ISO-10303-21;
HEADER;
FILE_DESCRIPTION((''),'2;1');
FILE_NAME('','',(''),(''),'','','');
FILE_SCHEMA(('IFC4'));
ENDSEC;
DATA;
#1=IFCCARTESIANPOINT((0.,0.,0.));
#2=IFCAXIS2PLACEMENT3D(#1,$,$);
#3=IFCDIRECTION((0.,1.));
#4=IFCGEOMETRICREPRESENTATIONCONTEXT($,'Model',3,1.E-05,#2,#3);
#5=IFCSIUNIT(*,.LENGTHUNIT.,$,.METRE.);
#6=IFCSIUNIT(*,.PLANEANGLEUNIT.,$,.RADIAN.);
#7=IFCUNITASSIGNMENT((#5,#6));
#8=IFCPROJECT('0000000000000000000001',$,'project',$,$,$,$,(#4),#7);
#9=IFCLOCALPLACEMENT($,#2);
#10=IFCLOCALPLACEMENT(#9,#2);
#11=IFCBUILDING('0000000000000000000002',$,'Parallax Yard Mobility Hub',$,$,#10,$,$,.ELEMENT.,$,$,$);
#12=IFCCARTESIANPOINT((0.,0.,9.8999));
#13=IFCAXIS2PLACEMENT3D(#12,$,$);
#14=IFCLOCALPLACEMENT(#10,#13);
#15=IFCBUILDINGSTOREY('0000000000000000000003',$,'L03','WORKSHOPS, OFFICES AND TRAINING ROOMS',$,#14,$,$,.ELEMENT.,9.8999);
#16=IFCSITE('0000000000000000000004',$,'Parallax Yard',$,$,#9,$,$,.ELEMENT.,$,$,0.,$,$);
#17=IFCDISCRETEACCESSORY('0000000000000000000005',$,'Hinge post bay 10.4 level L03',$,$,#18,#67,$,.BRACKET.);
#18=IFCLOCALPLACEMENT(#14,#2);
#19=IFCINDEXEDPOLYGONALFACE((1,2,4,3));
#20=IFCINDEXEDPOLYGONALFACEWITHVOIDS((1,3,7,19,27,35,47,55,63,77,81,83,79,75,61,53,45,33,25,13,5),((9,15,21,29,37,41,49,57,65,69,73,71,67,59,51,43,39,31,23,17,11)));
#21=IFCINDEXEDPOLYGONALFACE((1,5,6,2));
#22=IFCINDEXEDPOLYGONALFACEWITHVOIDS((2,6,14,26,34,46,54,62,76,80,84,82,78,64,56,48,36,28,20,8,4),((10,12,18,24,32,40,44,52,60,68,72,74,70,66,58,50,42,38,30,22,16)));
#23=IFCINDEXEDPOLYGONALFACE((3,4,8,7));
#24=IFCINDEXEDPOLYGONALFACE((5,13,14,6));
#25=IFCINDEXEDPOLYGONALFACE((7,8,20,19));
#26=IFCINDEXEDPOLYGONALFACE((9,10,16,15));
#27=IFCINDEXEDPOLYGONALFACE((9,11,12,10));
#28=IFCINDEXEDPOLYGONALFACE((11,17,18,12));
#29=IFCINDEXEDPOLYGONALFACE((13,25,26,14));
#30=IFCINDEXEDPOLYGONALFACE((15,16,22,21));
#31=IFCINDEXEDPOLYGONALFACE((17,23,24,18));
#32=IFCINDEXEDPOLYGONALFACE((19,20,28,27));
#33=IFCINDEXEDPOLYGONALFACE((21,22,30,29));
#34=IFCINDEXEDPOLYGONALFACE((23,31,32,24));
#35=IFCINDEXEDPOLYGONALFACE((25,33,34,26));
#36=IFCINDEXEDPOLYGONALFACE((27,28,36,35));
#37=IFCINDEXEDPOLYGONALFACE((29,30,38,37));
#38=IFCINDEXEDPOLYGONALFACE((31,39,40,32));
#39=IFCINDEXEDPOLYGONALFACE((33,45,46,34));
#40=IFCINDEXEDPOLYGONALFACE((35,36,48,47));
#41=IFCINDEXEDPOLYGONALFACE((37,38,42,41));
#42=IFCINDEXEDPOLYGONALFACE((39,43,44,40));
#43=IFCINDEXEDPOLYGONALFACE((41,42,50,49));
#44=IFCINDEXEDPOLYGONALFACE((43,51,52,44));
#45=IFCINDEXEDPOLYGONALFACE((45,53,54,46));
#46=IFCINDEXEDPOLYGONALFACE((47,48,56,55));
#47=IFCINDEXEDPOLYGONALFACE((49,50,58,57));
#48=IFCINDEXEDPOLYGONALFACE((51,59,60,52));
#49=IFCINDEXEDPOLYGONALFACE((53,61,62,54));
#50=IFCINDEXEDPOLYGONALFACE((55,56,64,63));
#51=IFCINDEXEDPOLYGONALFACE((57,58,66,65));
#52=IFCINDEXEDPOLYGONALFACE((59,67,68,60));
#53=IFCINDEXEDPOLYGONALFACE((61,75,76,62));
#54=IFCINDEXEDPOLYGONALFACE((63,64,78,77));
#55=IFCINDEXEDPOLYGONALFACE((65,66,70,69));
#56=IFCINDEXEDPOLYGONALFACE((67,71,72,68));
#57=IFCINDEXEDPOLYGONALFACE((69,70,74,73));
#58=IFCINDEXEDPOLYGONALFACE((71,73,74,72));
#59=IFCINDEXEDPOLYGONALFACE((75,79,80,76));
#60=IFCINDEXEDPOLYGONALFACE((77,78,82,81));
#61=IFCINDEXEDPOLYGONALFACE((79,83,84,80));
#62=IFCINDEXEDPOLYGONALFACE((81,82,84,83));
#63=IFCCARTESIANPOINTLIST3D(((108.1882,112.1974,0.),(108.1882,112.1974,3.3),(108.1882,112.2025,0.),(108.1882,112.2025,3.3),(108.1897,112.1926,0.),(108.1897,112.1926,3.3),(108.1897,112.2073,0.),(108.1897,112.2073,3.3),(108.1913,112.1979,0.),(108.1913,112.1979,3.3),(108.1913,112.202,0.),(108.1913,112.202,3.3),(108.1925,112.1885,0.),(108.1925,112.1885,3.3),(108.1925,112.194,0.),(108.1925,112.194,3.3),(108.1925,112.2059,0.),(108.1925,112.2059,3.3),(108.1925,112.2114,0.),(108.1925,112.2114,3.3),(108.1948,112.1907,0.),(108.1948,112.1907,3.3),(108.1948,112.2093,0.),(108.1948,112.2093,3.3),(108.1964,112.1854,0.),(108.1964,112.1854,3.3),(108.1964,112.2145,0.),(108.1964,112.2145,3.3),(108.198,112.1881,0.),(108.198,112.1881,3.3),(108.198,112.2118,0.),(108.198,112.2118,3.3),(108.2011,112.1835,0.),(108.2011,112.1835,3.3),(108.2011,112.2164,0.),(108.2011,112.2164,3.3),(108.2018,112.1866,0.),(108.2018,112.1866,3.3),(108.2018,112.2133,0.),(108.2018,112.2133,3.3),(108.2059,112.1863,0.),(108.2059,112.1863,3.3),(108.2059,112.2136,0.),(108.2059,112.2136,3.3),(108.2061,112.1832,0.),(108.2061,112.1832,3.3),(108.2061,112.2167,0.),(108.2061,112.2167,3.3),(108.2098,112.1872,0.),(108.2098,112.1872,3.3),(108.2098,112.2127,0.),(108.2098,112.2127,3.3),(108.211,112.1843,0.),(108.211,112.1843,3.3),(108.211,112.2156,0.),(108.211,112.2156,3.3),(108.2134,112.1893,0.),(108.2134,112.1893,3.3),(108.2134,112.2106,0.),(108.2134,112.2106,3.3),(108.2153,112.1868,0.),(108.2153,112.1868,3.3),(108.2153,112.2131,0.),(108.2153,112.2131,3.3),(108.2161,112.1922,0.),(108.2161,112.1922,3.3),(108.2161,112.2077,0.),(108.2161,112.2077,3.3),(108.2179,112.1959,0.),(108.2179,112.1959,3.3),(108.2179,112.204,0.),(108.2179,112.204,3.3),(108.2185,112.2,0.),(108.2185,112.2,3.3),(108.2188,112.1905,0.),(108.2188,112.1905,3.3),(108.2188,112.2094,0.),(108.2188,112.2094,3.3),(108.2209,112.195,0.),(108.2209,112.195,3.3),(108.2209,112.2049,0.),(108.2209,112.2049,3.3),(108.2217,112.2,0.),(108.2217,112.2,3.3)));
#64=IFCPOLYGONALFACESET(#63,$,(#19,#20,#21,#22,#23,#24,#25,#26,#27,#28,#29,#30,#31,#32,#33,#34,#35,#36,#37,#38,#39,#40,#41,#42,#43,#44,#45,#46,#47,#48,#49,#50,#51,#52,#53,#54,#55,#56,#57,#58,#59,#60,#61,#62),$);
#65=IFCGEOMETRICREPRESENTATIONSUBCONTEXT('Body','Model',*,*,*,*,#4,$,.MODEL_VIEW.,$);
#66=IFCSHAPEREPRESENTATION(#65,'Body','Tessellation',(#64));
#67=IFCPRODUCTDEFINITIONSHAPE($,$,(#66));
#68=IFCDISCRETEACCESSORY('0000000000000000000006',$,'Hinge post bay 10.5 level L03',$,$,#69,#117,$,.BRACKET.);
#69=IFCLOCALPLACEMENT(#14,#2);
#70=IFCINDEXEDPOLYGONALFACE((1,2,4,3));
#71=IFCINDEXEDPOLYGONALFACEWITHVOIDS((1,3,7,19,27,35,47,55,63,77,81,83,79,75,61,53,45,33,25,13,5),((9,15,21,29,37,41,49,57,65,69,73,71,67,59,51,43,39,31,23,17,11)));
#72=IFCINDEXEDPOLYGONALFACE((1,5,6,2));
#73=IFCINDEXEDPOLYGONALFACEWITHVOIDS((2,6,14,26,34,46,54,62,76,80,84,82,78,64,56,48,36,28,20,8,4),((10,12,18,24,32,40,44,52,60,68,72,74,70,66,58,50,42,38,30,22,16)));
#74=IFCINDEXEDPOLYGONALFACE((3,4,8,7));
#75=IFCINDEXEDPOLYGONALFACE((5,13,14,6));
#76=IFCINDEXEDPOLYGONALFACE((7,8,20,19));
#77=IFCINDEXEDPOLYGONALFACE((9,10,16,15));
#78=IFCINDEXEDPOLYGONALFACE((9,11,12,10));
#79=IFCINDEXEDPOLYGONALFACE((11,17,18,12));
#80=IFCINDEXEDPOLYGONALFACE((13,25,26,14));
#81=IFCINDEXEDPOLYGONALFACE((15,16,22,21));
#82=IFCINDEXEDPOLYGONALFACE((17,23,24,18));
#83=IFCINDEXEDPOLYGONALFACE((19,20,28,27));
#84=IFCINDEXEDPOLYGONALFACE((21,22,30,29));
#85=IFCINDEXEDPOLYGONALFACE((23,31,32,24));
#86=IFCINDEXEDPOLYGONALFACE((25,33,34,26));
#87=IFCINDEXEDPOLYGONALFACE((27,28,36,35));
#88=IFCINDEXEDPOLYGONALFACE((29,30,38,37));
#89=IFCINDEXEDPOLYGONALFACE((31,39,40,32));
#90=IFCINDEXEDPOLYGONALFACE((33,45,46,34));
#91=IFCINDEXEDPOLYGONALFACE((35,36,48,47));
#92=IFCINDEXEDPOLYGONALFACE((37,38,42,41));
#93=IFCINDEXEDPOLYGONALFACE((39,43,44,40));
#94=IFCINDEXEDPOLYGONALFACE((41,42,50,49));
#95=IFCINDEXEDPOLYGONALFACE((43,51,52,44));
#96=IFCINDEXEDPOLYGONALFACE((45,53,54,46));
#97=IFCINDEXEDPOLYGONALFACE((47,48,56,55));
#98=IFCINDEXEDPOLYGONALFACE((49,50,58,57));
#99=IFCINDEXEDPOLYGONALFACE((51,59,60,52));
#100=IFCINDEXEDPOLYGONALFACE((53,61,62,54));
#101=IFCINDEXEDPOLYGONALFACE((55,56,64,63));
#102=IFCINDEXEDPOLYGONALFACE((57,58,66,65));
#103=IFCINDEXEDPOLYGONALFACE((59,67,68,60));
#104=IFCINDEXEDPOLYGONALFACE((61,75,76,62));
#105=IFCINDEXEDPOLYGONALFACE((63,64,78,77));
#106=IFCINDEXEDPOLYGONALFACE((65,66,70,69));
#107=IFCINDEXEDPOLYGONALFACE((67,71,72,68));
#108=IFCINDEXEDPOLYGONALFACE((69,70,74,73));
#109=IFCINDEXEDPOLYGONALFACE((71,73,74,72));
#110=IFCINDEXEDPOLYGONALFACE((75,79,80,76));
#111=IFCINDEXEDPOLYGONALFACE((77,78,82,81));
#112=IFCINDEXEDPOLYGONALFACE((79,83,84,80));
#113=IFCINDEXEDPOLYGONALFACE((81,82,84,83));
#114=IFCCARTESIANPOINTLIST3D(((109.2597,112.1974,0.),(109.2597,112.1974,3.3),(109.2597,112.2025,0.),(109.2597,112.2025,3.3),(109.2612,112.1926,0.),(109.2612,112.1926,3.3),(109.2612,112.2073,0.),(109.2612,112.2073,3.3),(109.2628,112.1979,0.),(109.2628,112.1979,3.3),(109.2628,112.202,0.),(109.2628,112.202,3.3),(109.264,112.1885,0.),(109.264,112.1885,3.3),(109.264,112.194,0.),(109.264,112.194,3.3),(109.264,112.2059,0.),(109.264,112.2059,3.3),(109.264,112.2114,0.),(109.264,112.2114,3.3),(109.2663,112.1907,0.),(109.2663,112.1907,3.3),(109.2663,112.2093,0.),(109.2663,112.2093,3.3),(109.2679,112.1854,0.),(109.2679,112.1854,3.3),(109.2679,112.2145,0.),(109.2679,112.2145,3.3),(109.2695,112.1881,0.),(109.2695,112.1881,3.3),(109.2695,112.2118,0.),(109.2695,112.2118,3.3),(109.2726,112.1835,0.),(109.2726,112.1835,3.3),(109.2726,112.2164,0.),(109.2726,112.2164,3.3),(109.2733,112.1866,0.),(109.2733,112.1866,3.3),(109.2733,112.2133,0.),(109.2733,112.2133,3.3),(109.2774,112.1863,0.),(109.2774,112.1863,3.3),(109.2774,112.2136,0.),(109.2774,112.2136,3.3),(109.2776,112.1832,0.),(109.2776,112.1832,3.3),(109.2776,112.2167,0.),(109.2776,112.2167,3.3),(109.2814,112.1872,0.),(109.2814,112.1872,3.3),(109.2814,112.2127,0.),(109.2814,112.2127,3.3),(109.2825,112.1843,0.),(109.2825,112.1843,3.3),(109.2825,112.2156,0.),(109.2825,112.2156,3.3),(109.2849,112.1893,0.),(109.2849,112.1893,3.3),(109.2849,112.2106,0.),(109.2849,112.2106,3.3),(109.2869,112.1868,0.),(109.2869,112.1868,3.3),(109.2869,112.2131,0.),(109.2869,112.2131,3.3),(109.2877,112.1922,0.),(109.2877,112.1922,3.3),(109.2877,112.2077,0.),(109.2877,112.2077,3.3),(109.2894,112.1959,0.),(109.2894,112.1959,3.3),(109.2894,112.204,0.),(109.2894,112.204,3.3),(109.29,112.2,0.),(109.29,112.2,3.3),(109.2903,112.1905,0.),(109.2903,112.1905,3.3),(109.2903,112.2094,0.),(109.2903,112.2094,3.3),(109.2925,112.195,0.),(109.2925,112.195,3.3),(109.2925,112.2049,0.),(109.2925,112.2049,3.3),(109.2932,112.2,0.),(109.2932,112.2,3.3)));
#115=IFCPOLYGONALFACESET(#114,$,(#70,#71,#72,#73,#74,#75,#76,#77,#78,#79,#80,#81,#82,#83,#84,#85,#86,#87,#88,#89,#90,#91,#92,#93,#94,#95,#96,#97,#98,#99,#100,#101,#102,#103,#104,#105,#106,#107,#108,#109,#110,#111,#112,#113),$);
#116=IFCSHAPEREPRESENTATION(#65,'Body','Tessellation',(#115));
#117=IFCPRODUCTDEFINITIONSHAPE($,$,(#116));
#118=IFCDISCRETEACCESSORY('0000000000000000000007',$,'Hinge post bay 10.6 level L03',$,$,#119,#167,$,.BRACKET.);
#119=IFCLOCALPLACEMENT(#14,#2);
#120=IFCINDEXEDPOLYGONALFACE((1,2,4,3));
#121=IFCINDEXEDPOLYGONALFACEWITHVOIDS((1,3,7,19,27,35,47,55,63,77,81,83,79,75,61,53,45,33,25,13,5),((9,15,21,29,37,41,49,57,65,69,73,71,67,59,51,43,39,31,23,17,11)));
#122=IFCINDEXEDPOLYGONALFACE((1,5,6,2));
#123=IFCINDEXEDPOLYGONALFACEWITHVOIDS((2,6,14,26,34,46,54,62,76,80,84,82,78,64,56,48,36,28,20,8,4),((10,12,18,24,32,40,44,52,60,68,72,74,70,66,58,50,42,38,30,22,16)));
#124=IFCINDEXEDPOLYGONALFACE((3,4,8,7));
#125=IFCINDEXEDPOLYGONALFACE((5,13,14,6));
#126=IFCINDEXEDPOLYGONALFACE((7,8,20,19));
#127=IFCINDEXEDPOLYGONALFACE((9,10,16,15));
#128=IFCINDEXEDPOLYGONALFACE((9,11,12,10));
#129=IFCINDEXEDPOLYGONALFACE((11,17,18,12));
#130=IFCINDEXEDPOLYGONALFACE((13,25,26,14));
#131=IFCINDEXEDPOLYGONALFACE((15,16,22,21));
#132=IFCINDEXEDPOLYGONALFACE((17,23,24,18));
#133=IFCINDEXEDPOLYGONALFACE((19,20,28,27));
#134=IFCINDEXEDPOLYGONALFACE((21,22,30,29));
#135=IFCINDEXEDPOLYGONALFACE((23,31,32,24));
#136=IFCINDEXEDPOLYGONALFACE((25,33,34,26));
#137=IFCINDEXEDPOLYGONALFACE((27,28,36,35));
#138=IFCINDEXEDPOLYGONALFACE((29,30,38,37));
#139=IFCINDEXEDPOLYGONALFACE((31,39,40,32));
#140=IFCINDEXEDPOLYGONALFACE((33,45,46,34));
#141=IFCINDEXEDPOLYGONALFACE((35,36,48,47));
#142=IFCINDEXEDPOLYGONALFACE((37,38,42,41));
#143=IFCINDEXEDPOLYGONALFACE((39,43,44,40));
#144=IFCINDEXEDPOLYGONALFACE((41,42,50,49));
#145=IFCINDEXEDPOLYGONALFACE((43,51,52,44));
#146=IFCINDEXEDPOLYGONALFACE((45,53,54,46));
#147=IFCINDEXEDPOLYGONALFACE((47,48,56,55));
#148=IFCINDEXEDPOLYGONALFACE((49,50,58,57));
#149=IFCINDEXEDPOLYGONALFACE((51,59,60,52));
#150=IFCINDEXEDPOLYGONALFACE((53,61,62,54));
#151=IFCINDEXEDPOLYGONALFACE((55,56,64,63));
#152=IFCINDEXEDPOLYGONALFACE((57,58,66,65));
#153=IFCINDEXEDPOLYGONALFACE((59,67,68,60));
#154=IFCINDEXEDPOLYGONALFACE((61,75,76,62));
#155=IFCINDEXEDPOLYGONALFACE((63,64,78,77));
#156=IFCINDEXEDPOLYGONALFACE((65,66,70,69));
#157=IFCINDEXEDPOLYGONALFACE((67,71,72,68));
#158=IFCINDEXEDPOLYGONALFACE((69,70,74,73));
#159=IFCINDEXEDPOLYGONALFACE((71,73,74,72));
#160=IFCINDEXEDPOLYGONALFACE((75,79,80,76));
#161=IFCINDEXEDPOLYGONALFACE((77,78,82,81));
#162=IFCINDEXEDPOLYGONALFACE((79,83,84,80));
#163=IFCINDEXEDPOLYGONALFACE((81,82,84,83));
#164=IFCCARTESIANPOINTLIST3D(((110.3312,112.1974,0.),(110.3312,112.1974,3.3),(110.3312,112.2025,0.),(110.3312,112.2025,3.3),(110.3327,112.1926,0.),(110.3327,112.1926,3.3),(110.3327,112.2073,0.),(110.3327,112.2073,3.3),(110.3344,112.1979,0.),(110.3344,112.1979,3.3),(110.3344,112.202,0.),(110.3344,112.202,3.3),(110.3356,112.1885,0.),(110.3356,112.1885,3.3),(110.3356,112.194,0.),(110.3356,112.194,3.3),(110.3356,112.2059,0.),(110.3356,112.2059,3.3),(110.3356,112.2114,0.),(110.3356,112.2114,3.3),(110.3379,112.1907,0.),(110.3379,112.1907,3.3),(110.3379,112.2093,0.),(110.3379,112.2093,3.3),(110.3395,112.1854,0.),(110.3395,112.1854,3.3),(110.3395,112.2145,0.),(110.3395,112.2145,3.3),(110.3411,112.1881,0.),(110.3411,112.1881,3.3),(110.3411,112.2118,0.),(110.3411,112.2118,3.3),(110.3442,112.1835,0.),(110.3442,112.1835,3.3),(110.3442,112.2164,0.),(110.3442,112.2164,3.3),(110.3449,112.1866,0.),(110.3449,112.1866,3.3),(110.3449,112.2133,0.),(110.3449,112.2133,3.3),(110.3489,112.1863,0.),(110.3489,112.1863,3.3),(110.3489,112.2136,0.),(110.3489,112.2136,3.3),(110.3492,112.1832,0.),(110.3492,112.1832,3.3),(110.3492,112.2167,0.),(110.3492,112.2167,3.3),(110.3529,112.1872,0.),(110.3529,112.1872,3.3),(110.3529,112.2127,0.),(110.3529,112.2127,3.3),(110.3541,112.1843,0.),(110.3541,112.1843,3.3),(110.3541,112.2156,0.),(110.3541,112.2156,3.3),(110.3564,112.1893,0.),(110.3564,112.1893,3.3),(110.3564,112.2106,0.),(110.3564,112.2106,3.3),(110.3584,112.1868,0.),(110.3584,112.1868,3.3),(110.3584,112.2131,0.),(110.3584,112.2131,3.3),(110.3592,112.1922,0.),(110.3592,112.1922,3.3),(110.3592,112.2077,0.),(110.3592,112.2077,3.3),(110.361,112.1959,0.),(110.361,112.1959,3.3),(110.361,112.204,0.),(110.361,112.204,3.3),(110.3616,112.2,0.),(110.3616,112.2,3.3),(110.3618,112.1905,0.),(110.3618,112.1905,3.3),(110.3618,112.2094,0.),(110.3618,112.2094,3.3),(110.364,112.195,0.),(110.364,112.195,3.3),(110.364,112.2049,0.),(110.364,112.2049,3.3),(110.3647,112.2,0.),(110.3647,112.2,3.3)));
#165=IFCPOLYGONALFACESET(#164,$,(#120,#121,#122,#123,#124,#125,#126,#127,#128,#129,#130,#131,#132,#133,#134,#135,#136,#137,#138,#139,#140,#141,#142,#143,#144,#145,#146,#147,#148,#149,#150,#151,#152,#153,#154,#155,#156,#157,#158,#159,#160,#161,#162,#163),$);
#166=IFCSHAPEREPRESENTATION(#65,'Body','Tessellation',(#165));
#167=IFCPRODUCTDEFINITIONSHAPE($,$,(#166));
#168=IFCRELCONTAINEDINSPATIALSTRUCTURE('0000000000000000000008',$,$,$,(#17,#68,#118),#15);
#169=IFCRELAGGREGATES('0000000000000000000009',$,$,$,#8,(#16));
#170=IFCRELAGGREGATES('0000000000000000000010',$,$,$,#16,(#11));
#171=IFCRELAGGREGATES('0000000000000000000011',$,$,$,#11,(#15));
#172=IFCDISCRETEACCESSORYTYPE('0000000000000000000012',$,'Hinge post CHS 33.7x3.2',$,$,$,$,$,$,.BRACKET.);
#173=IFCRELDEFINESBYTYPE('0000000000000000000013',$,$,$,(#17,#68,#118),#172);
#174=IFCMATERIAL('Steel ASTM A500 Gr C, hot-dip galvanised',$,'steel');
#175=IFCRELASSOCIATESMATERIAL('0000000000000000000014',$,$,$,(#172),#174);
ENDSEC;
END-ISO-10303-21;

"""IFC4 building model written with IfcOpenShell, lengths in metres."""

from ifc_helpers import new_model, si_unit, direction, frame, origin, origin_2d, place, context, subcontext, project, spatial, hollow_circle, extrude, material, material_profile, profile_set, type_object, element, save


model = new_model("IFC4")

# Units and contexts
model_context = context("Model", 3, precision=1e-05, world=origin(), true_north=direction((0.0, 1.0)))
body_context = subcontext(model_context, "Body", "Model", "MODEL_VIEW")
ifc_project = project(units=[si_unit("LENGTHUNIT", "METRE"), si_unit("PLANEANGLEUNIT", "RADIAN")], contexts=[model_context])

# Site, building, storey
site_placement = place(None, origin())
site = spatial("IfcSite", under=ifc_project, at=site_placement, Name="Parallax Yard", CompositionType="ELEMENT", RefElevation=0.0)
building_placement = place(site_placement, origin())
building = spatial("IfcBuilding", under=site, at=building_placement, Name="Parallax Yard Mobility Hub", CompositionType="ELEMENT")
storey_placement = place(building_placement, frame((0.0, 0.0, 9.8999)))
storey = spatial("IfcBuildingStorey", under=building, at=storey_placement, Name="L03", Description="WORKSHOPS, OFFICES AND TRAINING ROOMS", CompositionType="ELEMENT", Elevation=9.8999)

# Discrete accessories
ifc_material_1 = material(Name="Steel ASTM A500 Gr C, hot-dip galvanised", Category="steel")
ifc_material_profile = material_profile(ifc_material_1, hollow_circle(Radius=0.0168, WallThickness=0.0032, at=origin_2d()), Name="CHS 33.7x3.2")
ifc_profile_set = profile_set([ifc_material_profile], Name="Steel ASTM A500 Gr C, hot-dip galvanised")
discrete_accessory_type = type_object("IfcDiscreteAccessoryType", Name="Hinge post CHS 33.7x3.2", PredefinedType="BRACKET", material=ifc_profile_set)
for number, where, z_axis, x_axis, name in (
    (1, (108.2048, 112.2, 0.0), (0.0, 0.0, 1.0), (1.0, 0.0, 0.0), "Hinge post bay 10.4 level L03"),
    (2, (109.2764, 112.2, 0.0), (0.0, 0.0, 1.0), (1.0, 0.0, 0.0), "Hinge post bay 10.5 level L03"),
    (3, (110.3479, 112.2, 0.0), (0.0, 0.0, 1.0), (1.0, 0.0, 0.0), "Hinge post bay 10.6 level L03"),
):
    element("IfcDiscreteAccessory", number, at=place(storey_placement, frame(where, z_axis=z_axis, x_axis=x_axis)), inside=storey, type_object=discrete_accessory_type, Name=name, PredefinedType="BRACKET", context=body_context, shape_type="SweptSolid", body=[
        extrude(hollow_circle(Radius=0.0168, WallThickness=0.0032, at=origin_2d()), origin(), (0.0, 0.0, 1.0), 3.3),
    ])

save(model, "model.ifc")
